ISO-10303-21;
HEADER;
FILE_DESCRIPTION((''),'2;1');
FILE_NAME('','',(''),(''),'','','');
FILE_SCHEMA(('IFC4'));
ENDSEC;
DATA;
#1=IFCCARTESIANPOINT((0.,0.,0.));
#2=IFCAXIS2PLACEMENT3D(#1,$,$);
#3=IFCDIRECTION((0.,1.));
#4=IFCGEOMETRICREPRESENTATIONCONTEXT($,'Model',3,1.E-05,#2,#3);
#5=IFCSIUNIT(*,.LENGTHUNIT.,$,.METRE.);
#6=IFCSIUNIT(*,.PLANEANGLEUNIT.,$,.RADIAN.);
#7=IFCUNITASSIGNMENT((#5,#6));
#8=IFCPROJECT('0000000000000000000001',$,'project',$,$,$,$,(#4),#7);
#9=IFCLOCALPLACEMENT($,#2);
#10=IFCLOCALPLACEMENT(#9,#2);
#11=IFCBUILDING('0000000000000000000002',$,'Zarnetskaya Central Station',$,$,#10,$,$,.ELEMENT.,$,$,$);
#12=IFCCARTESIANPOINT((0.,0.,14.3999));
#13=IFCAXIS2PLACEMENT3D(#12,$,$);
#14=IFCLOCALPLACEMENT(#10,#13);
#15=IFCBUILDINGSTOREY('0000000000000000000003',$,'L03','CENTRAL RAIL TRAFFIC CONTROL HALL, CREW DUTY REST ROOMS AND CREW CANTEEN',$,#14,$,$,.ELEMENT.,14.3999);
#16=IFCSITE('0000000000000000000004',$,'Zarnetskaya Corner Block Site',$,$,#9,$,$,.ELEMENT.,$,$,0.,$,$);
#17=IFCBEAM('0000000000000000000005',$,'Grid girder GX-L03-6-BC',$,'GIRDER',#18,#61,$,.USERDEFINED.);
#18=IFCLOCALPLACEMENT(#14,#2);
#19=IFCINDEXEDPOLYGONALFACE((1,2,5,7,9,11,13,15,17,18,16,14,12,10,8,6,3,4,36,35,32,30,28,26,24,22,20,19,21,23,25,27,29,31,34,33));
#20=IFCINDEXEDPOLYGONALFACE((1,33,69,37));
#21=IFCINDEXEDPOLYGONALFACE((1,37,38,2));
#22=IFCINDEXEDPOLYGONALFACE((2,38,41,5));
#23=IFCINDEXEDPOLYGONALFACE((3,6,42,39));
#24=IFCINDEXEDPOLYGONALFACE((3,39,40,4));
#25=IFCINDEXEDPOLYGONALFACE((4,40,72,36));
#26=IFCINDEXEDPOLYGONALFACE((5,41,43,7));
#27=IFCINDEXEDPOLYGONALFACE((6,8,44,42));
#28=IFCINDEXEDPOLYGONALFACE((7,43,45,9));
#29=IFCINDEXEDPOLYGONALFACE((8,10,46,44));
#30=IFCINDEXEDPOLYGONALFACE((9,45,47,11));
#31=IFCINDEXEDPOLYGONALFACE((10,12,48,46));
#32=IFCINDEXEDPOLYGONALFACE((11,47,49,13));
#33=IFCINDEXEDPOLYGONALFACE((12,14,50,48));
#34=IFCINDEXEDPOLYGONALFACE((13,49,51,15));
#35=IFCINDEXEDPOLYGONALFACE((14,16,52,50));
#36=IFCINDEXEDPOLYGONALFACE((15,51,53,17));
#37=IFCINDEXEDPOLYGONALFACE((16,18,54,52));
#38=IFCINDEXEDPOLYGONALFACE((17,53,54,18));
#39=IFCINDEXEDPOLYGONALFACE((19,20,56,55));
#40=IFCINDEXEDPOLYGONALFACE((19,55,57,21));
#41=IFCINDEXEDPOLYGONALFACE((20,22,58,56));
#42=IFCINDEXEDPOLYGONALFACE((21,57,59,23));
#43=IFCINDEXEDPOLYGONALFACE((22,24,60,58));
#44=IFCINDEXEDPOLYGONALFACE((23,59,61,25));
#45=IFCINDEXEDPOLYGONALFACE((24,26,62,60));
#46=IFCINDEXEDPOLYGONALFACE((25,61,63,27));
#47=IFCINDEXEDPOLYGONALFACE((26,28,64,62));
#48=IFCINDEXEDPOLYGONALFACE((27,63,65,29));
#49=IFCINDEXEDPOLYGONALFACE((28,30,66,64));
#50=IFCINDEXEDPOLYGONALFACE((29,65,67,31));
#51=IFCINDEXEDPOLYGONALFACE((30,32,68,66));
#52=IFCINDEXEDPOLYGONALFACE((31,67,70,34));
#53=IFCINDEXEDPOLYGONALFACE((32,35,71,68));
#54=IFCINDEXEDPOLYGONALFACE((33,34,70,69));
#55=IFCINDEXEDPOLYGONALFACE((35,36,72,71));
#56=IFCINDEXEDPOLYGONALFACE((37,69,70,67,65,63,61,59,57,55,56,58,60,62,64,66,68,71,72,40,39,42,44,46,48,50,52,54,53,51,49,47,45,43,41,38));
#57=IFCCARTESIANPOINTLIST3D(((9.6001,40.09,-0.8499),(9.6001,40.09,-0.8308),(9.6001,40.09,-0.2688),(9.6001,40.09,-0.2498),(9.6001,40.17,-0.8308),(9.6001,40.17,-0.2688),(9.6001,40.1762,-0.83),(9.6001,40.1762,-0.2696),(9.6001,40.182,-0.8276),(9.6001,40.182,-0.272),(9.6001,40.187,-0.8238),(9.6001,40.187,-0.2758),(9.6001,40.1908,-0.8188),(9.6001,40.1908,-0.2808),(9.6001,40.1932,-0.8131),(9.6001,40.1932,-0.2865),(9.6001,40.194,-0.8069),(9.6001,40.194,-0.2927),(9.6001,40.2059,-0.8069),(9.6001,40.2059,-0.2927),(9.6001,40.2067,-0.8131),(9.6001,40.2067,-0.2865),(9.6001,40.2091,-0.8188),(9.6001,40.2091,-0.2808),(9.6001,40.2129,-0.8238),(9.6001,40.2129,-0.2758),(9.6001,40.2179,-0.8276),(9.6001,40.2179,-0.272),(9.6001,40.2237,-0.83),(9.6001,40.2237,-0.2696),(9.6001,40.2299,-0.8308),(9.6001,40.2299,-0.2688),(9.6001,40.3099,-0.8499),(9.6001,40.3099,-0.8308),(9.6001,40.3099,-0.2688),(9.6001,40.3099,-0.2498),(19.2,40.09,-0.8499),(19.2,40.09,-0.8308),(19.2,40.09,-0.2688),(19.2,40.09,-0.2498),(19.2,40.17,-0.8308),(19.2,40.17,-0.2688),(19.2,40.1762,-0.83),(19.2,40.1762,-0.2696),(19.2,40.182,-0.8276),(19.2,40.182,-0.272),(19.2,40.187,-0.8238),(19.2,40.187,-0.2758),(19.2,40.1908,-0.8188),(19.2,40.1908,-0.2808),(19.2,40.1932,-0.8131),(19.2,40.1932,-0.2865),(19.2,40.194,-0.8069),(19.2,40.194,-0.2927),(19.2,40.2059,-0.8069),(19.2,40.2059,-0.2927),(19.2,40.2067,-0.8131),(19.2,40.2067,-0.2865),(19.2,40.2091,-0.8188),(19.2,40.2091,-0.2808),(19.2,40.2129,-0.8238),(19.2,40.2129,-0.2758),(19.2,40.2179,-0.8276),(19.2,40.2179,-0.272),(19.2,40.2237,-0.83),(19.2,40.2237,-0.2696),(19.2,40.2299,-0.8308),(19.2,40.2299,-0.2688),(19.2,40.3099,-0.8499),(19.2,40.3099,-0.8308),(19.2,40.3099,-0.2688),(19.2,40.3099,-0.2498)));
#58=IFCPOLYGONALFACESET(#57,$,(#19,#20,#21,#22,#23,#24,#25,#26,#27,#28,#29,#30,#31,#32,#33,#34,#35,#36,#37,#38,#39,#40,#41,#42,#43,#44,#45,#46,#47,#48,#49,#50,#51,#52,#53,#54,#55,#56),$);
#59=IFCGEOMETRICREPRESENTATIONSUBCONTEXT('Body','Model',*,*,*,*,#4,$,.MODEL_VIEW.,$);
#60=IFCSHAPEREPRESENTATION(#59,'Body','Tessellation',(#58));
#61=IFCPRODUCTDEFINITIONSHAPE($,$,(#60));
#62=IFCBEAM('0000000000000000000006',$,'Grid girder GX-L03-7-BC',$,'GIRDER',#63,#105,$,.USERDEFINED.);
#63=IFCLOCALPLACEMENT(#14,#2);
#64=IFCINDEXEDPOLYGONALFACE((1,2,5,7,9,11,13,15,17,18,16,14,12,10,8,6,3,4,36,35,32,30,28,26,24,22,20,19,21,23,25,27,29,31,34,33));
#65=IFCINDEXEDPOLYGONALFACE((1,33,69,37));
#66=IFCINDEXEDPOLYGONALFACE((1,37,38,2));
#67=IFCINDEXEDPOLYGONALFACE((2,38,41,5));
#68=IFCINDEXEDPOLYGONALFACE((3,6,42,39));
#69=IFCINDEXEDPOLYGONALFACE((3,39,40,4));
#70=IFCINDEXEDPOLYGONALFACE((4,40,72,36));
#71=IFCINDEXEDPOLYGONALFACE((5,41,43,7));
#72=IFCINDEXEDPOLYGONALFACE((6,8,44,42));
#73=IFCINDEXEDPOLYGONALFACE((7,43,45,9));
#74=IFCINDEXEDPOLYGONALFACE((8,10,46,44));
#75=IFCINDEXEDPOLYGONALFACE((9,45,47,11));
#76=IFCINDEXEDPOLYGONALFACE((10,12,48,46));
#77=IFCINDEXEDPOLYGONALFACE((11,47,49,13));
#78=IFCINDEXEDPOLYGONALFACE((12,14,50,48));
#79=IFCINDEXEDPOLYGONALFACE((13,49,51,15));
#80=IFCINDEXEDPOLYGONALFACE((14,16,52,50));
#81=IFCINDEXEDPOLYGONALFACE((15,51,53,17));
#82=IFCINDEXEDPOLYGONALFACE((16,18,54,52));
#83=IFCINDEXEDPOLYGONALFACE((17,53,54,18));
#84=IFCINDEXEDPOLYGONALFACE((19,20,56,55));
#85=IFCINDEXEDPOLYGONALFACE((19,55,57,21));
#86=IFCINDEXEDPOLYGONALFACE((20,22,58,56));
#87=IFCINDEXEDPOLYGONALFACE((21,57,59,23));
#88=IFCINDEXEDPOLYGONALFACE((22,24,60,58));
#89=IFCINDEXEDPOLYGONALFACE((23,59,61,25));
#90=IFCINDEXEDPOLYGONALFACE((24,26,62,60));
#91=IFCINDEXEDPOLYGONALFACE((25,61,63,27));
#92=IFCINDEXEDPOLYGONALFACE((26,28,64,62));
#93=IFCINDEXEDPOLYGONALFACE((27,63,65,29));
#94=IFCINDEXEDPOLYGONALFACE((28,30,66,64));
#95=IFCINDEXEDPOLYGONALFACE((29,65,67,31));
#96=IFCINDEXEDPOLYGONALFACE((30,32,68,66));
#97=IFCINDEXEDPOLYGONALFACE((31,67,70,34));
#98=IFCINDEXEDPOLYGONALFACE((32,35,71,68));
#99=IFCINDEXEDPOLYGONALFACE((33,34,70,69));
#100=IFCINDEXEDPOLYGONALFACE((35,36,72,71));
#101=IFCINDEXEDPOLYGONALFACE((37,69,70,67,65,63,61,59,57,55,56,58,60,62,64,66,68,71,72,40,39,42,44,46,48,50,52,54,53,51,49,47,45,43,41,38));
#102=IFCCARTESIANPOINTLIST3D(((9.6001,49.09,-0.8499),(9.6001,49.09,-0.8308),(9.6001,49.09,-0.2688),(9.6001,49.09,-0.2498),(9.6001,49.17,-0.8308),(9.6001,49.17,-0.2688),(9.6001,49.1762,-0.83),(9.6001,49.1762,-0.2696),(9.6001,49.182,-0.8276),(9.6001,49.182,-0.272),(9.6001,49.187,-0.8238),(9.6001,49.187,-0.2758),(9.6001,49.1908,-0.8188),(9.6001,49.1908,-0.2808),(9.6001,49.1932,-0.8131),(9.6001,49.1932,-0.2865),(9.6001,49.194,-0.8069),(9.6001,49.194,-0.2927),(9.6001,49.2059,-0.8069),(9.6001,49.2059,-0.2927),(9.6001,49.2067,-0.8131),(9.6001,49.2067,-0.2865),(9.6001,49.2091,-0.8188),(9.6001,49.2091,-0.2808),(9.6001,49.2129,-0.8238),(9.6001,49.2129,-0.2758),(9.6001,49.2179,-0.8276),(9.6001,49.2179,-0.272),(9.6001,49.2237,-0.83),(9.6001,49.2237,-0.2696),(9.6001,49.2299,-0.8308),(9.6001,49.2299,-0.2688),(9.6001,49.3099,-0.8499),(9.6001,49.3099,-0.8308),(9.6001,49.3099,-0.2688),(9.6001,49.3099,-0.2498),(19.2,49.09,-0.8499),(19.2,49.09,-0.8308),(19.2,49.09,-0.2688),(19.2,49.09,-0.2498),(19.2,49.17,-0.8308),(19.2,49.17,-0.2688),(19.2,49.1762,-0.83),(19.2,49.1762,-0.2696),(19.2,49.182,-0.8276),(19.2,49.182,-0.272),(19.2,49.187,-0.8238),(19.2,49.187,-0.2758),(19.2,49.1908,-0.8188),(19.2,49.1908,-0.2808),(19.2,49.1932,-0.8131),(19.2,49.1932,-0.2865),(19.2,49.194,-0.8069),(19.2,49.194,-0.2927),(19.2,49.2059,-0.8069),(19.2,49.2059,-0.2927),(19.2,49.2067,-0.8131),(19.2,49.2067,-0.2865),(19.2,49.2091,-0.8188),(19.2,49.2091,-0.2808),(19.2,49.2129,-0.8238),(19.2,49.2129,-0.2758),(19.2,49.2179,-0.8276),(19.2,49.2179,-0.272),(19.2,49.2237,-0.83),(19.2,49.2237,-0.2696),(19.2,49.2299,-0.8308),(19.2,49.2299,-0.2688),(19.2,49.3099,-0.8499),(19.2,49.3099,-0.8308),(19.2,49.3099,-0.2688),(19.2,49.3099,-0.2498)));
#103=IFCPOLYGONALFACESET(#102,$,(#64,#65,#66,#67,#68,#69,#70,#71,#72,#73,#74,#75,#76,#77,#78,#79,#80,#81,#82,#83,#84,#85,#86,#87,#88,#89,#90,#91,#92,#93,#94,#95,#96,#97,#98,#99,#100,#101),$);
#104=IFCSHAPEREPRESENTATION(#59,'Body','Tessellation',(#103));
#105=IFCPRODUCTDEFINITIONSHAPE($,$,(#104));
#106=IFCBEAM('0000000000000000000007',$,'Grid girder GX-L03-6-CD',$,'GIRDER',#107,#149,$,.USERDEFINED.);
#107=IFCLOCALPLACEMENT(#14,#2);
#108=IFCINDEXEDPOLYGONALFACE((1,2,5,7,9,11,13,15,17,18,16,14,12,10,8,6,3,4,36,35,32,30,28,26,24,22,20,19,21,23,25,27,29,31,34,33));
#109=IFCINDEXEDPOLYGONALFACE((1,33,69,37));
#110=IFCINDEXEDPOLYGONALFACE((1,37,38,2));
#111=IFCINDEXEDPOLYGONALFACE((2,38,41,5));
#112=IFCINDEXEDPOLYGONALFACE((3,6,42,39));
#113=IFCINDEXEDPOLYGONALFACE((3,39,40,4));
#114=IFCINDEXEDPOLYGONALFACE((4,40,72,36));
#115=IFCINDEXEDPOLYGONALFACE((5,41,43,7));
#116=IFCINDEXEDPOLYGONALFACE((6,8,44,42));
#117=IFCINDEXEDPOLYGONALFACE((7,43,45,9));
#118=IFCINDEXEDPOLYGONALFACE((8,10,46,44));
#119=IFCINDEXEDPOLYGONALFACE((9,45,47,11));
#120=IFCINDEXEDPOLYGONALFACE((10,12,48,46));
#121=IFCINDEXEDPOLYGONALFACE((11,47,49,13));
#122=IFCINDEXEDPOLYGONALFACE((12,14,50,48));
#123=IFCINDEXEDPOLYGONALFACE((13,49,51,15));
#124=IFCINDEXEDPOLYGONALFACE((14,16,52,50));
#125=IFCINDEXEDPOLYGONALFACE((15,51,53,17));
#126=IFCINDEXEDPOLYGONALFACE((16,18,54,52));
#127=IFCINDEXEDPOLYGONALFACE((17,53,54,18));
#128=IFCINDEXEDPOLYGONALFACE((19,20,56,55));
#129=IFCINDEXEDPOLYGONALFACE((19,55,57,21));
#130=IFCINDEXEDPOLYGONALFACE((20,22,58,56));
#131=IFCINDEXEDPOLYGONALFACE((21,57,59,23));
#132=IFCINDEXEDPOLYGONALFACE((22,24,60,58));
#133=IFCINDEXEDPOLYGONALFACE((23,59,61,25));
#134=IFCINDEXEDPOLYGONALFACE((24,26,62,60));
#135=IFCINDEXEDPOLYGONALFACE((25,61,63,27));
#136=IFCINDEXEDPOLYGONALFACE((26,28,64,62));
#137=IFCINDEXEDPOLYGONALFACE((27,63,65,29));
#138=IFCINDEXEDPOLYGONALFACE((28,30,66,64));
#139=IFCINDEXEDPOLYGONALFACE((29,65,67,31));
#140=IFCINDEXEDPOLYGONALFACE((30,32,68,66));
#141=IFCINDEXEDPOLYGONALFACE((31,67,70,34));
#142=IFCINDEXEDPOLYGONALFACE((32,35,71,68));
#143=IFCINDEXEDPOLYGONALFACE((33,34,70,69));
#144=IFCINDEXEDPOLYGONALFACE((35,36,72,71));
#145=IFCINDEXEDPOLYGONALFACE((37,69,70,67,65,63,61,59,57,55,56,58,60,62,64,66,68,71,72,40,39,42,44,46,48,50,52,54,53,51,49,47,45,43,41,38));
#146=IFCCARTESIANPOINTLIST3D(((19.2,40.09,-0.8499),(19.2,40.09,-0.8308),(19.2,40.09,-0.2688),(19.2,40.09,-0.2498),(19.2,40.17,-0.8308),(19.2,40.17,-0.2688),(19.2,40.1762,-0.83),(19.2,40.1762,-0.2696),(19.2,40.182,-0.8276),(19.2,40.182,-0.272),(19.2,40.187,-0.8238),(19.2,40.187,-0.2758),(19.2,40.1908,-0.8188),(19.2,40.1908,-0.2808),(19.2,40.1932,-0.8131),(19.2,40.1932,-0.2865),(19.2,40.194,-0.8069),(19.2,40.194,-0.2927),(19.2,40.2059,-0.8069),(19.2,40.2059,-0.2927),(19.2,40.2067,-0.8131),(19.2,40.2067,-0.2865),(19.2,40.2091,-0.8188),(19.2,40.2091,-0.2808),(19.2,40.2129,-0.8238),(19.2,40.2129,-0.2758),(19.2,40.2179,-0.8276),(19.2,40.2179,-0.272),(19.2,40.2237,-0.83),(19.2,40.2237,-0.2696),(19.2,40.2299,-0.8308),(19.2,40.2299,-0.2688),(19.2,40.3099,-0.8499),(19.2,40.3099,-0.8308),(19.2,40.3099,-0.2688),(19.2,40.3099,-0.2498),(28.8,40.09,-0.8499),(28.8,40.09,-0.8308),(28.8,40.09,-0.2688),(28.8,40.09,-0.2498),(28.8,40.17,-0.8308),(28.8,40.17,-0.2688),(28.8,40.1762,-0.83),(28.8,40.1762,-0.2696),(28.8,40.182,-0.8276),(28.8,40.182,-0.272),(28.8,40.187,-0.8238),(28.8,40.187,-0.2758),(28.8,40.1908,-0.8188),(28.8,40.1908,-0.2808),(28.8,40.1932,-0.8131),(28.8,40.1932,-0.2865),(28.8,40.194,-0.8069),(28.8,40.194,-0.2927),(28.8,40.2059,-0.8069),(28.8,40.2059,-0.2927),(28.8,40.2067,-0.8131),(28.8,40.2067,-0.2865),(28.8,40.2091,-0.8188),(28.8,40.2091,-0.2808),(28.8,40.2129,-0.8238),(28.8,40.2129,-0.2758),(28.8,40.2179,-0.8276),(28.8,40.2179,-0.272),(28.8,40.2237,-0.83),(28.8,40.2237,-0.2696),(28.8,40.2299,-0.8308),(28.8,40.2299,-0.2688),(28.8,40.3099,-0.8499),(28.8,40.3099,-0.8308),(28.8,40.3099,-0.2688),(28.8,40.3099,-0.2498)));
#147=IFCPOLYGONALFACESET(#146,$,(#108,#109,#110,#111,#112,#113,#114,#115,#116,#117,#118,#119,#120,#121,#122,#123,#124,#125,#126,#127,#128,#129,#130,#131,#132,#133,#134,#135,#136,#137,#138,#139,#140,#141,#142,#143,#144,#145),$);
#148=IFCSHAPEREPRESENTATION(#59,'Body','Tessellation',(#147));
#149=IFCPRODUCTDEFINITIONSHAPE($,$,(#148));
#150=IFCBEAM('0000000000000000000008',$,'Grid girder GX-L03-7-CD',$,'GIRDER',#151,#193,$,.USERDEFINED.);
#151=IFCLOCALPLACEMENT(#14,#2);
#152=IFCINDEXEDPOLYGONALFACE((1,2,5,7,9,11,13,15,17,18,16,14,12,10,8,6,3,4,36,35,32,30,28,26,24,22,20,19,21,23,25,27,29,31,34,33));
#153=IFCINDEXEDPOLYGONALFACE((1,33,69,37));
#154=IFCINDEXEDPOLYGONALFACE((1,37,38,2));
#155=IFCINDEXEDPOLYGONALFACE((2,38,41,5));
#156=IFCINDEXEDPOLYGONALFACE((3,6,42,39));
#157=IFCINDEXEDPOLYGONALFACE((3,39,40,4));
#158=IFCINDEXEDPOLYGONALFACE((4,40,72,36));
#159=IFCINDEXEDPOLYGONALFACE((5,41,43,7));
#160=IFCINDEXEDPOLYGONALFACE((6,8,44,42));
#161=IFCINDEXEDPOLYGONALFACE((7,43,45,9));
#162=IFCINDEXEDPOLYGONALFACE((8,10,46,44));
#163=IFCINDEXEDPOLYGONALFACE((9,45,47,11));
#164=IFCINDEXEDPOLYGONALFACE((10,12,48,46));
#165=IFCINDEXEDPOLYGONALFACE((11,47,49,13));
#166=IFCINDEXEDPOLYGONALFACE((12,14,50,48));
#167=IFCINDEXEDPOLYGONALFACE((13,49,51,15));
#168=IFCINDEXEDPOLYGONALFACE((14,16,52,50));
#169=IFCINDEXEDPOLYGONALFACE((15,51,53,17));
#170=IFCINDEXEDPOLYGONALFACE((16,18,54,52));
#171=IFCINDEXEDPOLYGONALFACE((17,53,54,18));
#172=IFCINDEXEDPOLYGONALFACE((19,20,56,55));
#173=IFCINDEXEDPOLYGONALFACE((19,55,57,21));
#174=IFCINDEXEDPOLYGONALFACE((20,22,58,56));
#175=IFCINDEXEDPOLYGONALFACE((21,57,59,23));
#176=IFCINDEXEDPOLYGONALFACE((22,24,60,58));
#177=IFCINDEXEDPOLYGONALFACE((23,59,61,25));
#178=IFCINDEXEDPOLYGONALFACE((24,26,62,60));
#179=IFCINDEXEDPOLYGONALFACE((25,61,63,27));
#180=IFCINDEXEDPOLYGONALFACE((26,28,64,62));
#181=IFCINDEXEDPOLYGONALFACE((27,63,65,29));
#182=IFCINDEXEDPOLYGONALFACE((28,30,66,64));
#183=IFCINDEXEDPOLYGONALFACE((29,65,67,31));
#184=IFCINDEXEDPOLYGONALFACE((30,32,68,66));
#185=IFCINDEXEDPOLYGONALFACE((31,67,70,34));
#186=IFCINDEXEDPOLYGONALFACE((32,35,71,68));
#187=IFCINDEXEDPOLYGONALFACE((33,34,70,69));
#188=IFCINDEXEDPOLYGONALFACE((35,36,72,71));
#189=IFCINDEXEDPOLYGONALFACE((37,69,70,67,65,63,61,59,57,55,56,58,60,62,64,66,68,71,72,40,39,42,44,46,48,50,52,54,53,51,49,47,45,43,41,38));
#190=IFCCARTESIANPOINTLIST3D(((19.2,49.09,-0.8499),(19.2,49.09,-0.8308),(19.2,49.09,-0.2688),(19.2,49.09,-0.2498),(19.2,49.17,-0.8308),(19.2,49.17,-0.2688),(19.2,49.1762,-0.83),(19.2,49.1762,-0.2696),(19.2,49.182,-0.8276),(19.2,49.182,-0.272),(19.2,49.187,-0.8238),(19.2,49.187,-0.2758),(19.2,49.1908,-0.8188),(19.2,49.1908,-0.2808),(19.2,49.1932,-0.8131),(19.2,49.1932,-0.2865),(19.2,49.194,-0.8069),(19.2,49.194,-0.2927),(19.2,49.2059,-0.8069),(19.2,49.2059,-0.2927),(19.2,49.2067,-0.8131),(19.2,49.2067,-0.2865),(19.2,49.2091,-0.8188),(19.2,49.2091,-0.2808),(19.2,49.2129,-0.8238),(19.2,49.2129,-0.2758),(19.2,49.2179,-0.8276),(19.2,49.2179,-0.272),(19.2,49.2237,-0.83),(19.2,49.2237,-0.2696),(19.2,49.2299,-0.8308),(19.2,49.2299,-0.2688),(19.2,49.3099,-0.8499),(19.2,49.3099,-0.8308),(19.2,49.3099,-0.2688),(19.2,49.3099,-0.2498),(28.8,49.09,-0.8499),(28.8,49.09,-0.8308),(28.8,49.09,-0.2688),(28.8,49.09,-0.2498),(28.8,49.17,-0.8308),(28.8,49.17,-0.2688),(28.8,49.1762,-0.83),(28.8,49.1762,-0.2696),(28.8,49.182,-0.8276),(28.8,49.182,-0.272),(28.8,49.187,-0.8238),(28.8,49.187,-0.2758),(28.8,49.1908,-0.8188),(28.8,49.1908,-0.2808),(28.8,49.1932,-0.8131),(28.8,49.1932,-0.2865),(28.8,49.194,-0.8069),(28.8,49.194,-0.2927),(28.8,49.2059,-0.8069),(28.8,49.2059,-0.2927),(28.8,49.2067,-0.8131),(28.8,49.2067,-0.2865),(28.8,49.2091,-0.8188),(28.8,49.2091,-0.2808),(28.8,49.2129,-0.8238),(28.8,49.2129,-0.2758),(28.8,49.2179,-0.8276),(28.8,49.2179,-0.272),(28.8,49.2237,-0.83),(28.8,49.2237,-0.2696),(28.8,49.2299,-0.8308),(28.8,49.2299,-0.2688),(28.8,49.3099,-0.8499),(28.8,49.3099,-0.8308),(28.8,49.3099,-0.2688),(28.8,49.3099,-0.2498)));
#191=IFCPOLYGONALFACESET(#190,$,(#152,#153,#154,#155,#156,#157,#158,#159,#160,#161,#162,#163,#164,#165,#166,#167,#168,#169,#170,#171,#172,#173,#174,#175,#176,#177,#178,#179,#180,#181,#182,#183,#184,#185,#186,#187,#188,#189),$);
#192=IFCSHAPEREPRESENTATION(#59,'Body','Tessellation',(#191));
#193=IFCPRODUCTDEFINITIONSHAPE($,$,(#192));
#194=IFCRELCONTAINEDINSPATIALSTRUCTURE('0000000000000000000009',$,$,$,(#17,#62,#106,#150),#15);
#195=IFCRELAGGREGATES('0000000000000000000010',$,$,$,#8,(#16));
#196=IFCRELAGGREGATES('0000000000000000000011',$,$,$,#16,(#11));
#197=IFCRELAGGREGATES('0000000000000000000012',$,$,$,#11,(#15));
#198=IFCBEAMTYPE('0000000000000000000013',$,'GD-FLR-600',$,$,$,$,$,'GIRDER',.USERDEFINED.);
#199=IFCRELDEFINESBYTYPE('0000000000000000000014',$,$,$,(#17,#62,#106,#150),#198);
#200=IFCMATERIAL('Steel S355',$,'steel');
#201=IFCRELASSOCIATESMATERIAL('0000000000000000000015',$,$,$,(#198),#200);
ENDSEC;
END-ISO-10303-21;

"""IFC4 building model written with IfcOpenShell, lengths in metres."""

from ifc_helpers import new_model, si_unit, direction, frame, origin, origin_2d, place, context, subcontext, project, spatial, i_section, extrude, material, material_profile, profile_set, type_object, element, save


model = new_model("IFC4")

# Units and contexts
model_context = context("Model", 3, precision=1e-05, world=origin(), true_north=direction((0.0, 1.0)))
body_context = subcontext(model_context, "Body", "Model", "MODEL_VIEW")
ifc_project = project(units=[si_unit("LENGTHUNIT", "METRE"), si_unit("PLANEANGLEUNIT", "RADIAN")], contexts=[model_context])

# Site, building, storey
site_placement = place(None, origin())
site = spatial("IfcSite", under=ifc_project, at=site_placement, Name="Zarnetskaya Corner Block Site", CompositionType="ELEMENT", RefElevation=0.0)
building_placement = place(site_placement, origin())
building = spatial("IfcBuilding", under=site, at=building_placement, Name="Zarnetskaya Central Station", CompositionType="ELEMENT")
storey_placement = place(building_placement, frame((0.0, 0.0, 14.3999)))
storey = spatial("IfcBuildingStorey", under=building, at=storey_placement, Name="L03", Description="CENTRAL RAIL TRAFFIC CONTROL HALL, CREW DUTY REST ROOMS AND CREW CANTEEN", CompositionType="ELEMENT", Elevation=14.3999)

# Shared definitions
ifc_material_1 = material(Name="Steel S355", Category="steel")

# Beams
ifc_material_profile_1 = material_profile(ifc_material_1, i_section(OverallWidth=0.22, OverallDepth=0.6001, WebThickness=0.012, FlangeThickness=0.019, FilletRadius=0.0239, at=origin_2d()), Name="IPE 600")
ifc_profile_set_1 = profile_set([ifc_material_profile_1], Name="Steel S355")
beam_type_1 = type_object("IfcBeamType", Name="GD-FLR-600", ElementType="GIRDER", PredefinedType="USERDEFINED", material=ifc_profile_set_1)
for number, where, z_axis, x_axis, name in (
    (1, (9.6001, 40.2, -0.5498), (1.0, 0.0, 0.0), (0.0, 1.0, 0.0), "Grid girder GX-L03-6-BC"),
    (2, (9.6001, 49.2, -0.5498), (1.0, 0.0, 0.0), (0.0, 1.0, 0.0), "Grid girder GX-L03-7-BC"),
):
    element("IfcBeam", number, at=place(storey_placement, frame(where, z_axis=z_axis, x_axis=x_axis)), inside=storey, type_object=beam_type_1, Name=name, ObjectType="GIRDER", PredefinedType="USERDEFINED", context=body_context, shape_type="SweptSolid", body=[
        extrude(i_section(OverallWidth=0.22, OverallDepth=0.6001, WebThickness=0.012, FlangeThickness=0.019, FilletRadius=0.0239, at=origin_2d()), origin(), (0.0, 0.0, 1.0), 9.5999),
    ])
for number, where, z_axis, x_axis, name in (
    (3, (19.2, 40.2, -0.5498), (1.0, 0.0, 0.0), (0.0, 1.0, 0.0), "Grid girder GX-L03-6-CD"),
    (4, (19.2, 49.2, -0.5498), (1.0, 0.0, 0.0), (0.0, 1.0, 0.0), "Grid girder GX-L03-7-CD"),
):
    element("IfcBeam", number, at=place(storey_placement, frame(where, z_axis=z_axis, x_axis=x_axis)), inside=storey, type_object=beam_type_1, Name=name, ObjectType="GIRDER", PredefinedType="USERDEFINED", context=body_context, shape_type="SweptSolid", body=[
        extrude(i_section(OverallWidth=0.22, OverallDepth=0.6001, WebThickness=0.012, FlangeThickness=0.019, FilletRadius=0.0239, at=origin_2d()), origin(), (0.0, 0.0, 1.0), 9.6001),
    ])

save(model, "model.ifc")
